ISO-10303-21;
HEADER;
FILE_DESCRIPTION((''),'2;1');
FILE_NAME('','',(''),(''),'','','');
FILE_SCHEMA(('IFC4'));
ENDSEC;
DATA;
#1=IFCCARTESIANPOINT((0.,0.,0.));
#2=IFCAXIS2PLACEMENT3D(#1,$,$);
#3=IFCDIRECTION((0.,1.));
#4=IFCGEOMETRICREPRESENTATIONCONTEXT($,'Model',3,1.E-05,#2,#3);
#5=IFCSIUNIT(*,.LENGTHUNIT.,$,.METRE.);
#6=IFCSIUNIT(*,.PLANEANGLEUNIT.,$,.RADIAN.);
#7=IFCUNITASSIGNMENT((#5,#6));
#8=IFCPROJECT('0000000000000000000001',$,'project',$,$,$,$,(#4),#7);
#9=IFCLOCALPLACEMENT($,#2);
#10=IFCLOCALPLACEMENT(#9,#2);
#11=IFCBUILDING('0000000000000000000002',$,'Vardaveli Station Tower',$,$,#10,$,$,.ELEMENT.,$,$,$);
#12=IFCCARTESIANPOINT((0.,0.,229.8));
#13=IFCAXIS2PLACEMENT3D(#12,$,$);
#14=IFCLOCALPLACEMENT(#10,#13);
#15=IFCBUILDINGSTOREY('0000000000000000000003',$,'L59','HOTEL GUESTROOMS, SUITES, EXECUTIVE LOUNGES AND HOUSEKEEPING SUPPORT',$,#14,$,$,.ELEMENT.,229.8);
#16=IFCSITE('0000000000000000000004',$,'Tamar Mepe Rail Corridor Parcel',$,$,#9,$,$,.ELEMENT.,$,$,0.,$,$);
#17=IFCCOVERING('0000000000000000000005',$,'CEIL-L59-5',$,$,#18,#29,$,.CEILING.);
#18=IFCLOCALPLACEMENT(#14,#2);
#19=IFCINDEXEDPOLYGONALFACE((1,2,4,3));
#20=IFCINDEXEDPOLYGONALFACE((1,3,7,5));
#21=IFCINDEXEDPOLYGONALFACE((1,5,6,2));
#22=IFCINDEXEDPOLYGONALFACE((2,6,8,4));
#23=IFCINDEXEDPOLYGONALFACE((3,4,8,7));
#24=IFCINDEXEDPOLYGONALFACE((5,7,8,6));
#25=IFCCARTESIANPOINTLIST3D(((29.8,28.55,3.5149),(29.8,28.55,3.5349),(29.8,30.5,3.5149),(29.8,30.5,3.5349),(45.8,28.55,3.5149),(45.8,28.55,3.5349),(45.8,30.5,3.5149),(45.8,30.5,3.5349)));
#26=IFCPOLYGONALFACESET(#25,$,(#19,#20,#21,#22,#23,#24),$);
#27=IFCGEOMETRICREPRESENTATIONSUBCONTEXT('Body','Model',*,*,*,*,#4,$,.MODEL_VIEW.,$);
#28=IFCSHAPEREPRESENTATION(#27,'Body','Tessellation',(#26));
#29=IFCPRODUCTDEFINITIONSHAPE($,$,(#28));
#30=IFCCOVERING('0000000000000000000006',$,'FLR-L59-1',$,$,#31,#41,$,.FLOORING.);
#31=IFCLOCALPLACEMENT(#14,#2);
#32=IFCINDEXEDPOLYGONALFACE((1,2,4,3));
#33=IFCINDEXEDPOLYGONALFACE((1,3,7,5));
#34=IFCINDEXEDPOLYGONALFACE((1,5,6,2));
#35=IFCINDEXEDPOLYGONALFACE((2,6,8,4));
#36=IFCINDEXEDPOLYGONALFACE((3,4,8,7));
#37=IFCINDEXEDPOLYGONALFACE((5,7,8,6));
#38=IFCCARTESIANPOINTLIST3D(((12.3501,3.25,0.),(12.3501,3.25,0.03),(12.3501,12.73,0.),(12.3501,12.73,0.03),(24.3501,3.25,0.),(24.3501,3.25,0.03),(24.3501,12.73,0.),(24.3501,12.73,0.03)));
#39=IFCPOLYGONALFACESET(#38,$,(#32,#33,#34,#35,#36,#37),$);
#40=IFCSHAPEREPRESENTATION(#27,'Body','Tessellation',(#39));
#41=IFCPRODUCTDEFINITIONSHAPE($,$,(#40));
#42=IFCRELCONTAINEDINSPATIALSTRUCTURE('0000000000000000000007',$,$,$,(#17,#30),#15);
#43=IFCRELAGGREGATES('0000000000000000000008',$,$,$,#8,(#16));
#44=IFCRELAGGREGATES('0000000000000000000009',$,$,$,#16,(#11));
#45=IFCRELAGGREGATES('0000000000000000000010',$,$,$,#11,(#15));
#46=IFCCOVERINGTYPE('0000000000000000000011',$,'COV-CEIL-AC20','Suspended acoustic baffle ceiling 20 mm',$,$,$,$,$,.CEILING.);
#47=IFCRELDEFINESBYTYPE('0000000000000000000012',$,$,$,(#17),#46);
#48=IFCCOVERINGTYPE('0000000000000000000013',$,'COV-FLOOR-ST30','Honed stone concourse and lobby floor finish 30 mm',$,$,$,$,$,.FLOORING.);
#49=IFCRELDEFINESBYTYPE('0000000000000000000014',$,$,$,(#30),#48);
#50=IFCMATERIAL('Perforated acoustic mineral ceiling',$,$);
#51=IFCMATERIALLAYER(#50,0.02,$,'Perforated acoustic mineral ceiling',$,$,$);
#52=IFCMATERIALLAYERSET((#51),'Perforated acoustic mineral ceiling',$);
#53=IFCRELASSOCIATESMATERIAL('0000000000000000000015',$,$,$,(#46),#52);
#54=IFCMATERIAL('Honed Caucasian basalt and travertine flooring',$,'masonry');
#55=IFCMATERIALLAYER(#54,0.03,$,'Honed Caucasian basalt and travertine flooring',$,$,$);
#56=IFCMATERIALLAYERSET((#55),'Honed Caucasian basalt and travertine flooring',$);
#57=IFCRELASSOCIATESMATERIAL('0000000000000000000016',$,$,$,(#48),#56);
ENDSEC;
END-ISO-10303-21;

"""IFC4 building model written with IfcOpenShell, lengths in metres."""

from ifc_helpers import new_model, si_unit, direction, frame, origin, place, context, subcontext, project, spatial, polyline, outline, extrude, material, layer, layer_set, type_object, element, save


model = new_model("IFC4")

# Units and contexts
model_context = context("Model", 3, precision=1e-05, world=origin(), true_north=direction((0.0, 1.0)))
body_context = subcontext(model_context, "Body", "Model", "MODEL_VIEW")
ifc_project = project(units=[si_unit("LENGTHUNIT", "METRE"), si_unit("PLANEANGLEUNIT", "RADIAN")], contexts=[model_context])

# Site, building, storey
site_placement = place(None, origin())
site = spatial("IfcSite", under=ifc_project, at=site_placement, Name="Tamar Mepe Rail Corridor Parcel", CompositionType="ELEMENT", RefElevation=0.0)
building_placement = place(site_placement, origin())
building = spatial("IfcBuilding", under=site, at=building_placement, Name="Vardaveli Station Tower", CompositionType="ELEMENT")
storey_placement = place(building_placement, frame((0.0, 0.0, 229.8)))
storey = spatial("IfcBuildingStorey", under=building, at=storey_placement, Name="L59", Description="HOTEL GUESTROOMS, SUITES, EXECUTIVE LOUNGES AND HOUSEKEEPING SUPPORT", CompositionType="ELEMENT", Elevation=229.8)

# Coverings
ifc_material_1 = material(Name="Perforated acoustic mineral ceiling")
ifc_layer_1 = layer(ifc_material_1, 0.02, Name="Perforated acoustic mineral ceiling")
ifc_layer_set_1 = layer_set([ifc_layer_1], Name="Perforated acoustic mineral ceiling")
covering_type_1 = type_object("IfcCoveringType", Name="COV-CEIL-AC20", Description="Suspended acoustic baffle ceiling 20 mm", PredefinedType="CEILING", material=ifc_layer_set_1)
covering_1_placement = place(storey_placement, frame((0.0, 0.0, 3.5149)))
element("IfcCovering", 1, at=covering_1_placement, inside=storey, type_object=covering_type_1, Name="CEIL-L59-5", PredefinedType="CEILING", context=body_context, shape_type="SweptSolid", body=[
    extrude(outline(polyline([(29.8, 28.55), (45.8, 28.55), (45.8, 30.5), (29.8, 30.5), (29.8, 28.55)])), origin(), (0.0, 0.0, 1.0), 0.02),
])
ifc_material_2 = material(Name="Honed Caucasian basalt and travertine flooring", Category="masonry")
ifc_layer_2 = layer(ifc_material_2, 0.03, Name="Honed Caucasian basalt and travertine flooring")
ifc_layer_set_2 = layer_set([ifc_layer_2], Name="Honed Caucasian basalt and travertine flooring")
covering_type_2 = type_object("IfcCoveringType", Name="COV-FLOOR-ST30", Description="Honed stone concourse and lobby floor finish 30 mm", PredefinedType="FLOORING", material=ifc_layer_set_2)
covering_2_placement = place(storey_placement, origin())
element("IfcCovering", 2, at=covering_2_placement, inside=storey, type_object=covering_type_2, Name="FLR-L59-1", PredefinedType="FLOORING", context=body_context, shape_type="SweptSolid", body=[
    extrude(outline(polyline([(12.3501, 3.25), (24.3501, 3.25), (24.3501, 12.73), (12.3501, 12.73), (12.3501, 3.25)])), origin(), (0.0, 0.0, 1.0), 0.03),
])

save(model, "model.ifc")
